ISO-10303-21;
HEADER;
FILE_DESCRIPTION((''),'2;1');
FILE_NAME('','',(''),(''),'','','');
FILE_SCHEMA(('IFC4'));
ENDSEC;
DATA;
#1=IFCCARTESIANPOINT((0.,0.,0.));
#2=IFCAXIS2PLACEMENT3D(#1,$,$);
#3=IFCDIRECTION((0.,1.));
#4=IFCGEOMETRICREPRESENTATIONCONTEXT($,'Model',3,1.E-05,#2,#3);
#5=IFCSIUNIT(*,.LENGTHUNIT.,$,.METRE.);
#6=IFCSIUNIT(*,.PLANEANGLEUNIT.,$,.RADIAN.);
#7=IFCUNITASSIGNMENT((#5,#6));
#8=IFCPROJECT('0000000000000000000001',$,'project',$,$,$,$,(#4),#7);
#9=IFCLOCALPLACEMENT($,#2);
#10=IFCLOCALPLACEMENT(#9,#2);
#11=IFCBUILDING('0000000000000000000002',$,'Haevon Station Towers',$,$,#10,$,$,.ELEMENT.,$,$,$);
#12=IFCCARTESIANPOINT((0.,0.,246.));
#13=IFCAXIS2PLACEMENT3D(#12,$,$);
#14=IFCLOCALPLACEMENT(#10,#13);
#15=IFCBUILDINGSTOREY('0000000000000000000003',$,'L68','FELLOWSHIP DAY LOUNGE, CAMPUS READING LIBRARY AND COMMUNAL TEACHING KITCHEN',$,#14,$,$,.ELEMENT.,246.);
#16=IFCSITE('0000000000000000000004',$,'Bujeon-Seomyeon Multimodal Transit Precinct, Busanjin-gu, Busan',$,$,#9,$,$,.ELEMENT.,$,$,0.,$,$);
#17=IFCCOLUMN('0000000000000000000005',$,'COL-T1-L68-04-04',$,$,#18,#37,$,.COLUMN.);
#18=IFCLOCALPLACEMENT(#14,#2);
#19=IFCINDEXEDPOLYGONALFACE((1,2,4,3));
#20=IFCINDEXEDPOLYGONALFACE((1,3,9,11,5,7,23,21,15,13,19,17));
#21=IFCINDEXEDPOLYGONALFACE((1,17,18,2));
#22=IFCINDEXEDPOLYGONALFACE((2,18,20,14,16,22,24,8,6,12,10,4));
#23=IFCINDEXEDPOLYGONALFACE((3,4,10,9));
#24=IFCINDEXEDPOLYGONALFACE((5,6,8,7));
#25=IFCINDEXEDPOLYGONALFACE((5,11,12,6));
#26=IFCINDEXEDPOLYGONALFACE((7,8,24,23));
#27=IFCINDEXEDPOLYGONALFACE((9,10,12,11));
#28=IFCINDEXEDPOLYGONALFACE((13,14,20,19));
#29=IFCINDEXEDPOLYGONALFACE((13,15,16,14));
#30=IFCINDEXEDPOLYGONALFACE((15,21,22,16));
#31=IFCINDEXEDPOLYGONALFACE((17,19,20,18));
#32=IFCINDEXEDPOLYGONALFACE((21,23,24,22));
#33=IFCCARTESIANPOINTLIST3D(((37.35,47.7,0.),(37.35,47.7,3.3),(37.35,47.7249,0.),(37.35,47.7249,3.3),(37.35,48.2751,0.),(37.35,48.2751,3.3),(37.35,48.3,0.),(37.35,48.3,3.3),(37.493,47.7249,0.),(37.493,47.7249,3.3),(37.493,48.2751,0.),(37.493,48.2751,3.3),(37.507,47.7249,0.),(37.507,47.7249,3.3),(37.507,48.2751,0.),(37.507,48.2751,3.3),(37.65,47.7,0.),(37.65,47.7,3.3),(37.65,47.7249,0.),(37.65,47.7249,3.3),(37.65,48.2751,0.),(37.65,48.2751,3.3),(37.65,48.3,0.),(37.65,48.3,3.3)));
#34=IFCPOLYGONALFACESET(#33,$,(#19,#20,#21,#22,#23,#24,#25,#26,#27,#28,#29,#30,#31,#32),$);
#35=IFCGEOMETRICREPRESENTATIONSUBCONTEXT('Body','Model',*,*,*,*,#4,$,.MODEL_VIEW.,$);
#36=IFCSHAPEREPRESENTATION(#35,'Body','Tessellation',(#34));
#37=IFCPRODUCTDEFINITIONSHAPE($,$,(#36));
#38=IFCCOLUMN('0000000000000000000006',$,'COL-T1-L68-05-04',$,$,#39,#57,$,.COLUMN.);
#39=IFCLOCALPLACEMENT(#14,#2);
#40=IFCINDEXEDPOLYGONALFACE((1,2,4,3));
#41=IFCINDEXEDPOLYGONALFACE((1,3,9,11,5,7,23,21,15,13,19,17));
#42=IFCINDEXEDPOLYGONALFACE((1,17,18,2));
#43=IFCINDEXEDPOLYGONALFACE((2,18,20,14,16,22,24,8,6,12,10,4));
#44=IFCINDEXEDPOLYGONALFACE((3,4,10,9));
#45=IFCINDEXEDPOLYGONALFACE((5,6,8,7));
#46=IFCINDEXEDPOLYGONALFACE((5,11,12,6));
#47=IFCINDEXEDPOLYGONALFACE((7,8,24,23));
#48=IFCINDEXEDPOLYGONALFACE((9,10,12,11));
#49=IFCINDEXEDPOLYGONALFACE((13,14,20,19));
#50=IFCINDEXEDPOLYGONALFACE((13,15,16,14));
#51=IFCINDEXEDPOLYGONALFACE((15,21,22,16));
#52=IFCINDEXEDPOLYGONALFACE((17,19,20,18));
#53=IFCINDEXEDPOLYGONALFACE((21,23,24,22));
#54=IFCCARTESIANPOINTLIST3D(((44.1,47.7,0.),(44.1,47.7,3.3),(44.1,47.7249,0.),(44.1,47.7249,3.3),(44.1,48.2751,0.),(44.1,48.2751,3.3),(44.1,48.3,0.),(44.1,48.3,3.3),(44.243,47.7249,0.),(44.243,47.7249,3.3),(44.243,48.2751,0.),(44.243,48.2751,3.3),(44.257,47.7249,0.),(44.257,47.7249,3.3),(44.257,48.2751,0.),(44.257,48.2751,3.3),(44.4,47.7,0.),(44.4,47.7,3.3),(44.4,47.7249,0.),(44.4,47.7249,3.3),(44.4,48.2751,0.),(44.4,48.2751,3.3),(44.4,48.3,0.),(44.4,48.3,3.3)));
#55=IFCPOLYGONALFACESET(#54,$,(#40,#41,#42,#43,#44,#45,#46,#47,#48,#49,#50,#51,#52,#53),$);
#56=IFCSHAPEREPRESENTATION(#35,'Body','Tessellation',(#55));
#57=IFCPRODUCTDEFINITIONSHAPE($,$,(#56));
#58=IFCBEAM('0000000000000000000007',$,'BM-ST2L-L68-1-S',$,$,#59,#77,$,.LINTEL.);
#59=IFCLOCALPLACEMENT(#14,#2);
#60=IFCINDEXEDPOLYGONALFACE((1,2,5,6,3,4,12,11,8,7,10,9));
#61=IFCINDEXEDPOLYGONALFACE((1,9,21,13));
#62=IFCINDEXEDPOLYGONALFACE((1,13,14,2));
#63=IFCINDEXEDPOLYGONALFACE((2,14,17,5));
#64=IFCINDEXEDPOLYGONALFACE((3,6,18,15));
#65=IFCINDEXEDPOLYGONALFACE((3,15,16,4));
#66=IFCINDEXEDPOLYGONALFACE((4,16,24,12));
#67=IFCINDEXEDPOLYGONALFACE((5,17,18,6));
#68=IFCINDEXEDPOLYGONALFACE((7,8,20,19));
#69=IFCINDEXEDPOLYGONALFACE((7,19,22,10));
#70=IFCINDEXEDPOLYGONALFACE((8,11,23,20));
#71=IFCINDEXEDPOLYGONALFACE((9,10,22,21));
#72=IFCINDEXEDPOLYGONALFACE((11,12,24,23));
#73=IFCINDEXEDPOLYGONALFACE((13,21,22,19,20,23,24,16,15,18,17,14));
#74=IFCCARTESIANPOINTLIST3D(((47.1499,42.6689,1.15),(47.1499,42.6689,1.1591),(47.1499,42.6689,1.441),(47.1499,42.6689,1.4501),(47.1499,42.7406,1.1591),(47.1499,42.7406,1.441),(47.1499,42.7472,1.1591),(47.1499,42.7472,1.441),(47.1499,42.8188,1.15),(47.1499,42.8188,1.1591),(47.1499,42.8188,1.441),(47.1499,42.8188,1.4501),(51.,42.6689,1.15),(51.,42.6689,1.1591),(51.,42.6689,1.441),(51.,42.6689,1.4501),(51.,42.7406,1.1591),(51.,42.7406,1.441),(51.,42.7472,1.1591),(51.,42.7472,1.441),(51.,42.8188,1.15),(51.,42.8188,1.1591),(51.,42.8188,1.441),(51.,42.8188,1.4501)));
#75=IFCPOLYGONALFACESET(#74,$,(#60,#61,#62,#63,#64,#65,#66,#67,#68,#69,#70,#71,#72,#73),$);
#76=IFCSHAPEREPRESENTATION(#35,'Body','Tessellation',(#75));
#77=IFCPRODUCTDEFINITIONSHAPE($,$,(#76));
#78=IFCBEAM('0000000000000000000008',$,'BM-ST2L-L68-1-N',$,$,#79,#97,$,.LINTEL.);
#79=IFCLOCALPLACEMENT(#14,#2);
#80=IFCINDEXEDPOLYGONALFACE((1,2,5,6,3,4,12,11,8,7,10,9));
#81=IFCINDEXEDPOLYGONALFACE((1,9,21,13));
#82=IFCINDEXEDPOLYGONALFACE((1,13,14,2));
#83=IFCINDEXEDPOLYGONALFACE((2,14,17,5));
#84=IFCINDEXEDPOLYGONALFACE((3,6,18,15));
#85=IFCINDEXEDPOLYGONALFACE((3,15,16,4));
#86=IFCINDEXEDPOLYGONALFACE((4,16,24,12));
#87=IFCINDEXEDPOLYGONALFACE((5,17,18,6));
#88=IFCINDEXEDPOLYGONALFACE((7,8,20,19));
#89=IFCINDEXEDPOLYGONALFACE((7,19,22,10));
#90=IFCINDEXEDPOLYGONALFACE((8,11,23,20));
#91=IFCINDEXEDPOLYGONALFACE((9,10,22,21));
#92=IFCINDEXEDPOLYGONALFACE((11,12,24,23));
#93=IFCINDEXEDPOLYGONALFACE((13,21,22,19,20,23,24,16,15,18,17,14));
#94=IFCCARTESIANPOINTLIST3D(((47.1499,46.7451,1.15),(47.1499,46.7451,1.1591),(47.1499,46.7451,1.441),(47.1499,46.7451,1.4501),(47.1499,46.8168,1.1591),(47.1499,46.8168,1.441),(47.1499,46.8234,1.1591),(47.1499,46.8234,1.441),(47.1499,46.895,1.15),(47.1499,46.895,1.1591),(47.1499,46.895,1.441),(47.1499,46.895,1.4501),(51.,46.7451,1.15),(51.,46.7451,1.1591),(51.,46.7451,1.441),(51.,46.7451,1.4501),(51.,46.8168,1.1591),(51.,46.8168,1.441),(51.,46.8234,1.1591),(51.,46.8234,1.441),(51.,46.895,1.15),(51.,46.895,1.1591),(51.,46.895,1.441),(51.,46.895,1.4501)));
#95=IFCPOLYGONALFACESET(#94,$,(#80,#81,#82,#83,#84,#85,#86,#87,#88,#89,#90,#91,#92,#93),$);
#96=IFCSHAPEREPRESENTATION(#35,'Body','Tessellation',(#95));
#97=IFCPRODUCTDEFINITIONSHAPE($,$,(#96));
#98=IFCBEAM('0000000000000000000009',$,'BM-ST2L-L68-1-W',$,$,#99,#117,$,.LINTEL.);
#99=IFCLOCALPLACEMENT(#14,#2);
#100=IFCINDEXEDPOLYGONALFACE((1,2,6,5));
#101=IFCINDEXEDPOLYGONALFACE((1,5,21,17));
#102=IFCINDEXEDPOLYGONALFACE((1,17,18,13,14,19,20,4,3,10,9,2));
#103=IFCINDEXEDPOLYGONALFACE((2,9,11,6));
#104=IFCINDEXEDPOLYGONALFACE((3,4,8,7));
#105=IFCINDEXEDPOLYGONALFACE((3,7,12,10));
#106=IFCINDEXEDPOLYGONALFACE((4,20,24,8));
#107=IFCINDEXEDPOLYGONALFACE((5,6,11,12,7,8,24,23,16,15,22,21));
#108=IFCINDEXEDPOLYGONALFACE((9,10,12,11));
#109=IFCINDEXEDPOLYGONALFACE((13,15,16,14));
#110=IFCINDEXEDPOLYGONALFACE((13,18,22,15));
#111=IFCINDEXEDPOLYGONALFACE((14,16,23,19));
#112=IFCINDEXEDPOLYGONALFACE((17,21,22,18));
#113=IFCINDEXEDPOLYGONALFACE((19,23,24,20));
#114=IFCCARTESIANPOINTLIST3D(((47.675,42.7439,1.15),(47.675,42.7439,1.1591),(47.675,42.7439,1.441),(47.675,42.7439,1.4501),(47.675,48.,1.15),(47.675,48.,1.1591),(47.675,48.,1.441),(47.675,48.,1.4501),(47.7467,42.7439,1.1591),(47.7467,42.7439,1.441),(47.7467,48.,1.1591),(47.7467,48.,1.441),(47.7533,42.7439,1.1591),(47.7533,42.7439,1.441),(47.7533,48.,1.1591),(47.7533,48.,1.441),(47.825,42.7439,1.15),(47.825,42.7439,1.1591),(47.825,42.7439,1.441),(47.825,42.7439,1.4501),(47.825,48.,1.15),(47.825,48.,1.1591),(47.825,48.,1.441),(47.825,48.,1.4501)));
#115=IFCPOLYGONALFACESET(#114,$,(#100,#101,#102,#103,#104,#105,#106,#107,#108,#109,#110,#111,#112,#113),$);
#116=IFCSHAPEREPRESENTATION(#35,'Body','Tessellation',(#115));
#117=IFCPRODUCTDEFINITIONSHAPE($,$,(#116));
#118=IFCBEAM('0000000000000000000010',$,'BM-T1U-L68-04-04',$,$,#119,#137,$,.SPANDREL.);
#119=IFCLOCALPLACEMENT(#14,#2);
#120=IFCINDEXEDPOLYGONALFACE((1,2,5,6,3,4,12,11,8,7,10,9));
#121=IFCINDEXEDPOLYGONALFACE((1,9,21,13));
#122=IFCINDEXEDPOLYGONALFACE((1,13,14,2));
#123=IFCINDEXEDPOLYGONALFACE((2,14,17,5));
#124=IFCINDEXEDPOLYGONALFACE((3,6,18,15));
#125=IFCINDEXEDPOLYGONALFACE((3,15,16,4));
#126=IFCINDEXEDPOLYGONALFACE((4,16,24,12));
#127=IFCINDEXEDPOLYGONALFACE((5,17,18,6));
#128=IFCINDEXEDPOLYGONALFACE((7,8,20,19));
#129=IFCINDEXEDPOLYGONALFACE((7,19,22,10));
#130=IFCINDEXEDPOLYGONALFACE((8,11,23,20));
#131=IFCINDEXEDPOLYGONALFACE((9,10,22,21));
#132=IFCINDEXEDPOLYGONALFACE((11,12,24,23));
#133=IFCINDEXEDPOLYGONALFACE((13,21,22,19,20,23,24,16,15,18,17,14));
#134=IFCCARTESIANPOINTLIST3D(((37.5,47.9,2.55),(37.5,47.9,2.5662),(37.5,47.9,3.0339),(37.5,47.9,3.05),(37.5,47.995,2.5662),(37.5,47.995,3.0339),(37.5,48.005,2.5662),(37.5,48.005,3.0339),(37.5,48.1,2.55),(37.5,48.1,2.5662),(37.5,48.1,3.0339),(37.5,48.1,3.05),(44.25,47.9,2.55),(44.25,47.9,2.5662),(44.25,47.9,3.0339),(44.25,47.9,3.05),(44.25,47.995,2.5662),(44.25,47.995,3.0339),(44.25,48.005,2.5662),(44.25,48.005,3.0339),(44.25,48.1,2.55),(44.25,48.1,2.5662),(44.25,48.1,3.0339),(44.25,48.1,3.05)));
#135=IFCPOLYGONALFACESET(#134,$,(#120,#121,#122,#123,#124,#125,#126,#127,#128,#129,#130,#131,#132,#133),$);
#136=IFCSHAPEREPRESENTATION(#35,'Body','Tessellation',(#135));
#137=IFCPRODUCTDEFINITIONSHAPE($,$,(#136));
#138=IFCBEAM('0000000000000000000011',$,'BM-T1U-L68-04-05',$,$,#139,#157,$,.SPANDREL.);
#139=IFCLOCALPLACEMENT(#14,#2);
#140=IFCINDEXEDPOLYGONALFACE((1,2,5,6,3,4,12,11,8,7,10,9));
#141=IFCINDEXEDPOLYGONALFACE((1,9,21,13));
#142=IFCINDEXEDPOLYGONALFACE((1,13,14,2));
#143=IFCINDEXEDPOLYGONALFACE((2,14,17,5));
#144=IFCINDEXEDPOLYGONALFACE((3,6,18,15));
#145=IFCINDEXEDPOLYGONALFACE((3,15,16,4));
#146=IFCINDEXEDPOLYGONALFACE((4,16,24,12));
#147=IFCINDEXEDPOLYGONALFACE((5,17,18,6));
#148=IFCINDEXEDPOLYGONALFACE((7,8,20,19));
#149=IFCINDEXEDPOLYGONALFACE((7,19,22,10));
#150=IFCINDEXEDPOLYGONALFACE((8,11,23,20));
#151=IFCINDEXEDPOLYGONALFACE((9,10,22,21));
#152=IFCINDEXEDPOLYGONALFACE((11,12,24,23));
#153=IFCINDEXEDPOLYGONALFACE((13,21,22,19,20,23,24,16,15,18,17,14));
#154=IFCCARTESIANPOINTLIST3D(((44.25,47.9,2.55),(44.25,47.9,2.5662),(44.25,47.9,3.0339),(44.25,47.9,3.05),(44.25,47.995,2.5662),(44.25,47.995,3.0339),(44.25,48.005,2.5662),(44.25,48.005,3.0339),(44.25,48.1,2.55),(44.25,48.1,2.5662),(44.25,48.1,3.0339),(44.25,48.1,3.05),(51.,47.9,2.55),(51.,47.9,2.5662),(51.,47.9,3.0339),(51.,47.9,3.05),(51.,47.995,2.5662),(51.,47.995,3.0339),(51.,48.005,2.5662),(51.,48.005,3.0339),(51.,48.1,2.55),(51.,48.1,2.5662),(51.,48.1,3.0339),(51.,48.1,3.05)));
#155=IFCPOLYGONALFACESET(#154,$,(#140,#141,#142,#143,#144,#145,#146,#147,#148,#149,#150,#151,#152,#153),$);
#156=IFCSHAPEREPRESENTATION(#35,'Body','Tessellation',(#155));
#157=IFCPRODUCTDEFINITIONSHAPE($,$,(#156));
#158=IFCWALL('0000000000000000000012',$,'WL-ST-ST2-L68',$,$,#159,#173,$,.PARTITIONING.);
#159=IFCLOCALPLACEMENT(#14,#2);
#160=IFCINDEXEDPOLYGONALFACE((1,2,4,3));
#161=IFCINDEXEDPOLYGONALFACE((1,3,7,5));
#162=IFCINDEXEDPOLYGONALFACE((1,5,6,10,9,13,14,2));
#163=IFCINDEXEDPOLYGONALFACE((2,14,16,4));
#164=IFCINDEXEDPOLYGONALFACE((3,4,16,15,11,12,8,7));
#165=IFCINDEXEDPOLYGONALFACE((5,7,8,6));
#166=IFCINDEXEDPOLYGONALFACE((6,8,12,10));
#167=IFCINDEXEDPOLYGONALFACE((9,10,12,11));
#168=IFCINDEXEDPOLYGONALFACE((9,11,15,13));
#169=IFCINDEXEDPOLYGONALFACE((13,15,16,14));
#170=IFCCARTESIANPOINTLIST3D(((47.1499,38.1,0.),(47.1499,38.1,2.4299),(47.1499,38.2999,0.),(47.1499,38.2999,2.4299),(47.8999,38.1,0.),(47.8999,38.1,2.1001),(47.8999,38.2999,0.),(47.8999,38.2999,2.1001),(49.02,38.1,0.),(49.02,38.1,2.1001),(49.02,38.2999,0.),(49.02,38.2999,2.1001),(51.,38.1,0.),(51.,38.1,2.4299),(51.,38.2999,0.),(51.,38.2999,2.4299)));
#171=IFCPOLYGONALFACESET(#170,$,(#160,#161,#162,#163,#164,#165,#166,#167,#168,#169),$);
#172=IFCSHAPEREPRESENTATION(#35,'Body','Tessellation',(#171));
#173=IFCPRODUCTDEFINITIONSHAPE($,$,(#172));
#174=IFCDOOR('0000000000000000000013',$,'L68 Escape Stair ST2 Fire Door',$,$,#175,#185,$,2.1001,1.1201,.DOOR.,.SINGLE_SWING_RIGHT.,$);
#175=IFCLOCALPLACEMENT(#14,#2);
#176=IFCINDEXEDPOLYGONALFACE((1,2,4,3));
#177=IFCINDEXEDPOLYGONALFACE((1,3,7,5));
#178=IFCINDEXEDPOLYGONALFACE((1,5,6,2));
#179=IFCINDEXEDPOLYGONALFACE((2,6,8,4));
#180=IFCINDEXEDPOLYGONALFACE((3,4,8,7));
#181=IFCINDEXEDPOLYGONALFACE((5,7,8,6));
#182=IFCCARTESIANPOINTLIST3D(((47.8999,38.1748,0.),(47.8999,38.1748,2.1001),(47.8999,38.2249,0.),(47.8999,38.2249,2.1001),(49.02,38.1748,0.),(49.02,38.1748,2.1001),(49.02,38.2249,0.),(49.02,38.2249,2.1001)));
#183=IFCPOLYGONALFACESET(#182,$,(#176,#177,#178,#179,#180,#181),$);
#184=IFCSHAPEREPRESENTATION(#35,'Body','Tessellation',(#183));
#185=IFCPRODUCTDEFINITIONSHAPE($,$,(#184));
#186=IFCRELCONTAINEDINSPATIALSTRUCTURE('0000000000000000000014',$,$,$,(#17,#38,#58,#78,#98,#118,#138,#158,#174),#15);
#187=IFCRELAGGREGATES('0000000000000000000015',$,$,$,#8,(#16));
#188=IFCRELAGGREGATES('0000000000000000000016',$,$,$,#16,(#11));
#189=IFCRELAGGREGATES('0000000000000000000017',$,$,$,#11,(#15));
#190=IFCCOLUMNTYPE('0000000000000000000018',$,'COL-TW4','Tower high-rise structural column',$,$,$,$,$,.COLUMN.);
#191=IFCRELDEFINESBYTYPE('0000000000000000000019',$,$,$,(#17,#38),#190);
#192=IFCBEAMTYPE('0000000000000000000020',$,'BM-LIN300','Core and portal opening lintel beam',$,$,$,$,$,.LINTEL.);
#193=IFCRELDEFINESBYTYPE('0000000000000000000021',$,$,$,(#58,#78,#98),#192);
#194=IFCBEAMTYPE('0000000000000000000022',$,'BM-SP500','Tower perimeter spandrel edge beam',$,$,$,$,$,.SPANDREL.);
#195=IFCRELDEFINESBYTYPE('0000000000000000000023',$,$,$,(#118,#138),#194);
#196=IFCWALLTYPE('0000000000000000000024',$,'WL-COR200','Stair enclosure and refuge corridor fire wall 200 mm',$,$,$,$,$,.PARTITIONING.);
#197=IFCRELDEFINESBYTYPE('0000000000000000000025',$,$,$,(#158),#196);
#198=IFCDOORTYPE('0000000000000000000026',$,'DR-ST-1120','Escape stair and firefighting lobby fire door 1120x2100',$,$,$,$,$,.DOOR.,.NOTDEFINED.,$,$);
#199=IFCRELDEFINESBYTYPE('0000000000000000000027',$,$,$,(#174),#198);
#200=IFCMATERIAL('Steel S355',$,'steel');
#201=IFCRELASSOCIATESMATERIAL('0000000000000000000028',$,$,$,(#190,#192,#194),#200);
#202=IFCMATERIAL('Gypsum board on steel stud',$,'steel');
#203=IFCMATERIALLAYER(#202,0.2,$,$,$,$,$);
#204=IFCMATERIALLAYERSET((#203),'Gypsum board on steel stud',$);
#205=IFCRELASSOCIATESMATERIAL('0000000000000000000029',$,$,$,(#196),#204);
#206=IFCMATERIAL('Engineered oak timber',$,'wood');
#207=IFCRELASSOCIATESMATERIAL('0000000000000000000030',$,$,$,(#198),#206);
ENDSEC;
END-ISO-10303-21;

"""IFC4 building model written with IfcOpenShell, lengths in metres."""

from ifc_helpers import new_model, si_unit, direction, frame, frame_2d, origin, origin_2d, place, context, subcontext, project, spatial, rectangle, i_section, extrude, material, layer, layer_set, material_profile, profile_set, type_object, element, fill, save


model = new_model("IFC4")

# Units and contexts
model_context = context("Model", 3, precision=1e-05, world=origin(), true_north=direction((0.0, 1.0)))
body_context = subcontext(model_context, "Body", "Model", "MODEL_VIEW")
ifc_project = project(units=[si_unit("LENGTHUNIT", "METRE"), si_unit("PLANEANGLEUNIT", "RADIAN")], contexts=[model_context])

# Site, building, storey
site_placement = place(None, origin())
site = spatial("IfcSite", under=ifc_project, at=site_placement, Name="Bujeon-Seomyeon Multimodal Transit Precinct, Busanjin-gu, Busan", CompositionType="ELEMENT", RefElevation=0.0)
building_placement = place(site_placement, origin())
building = spatial("IfcBuilding", under=site, at=building_placement, Name="Haevon Station Towers", CompositionType="ELEMENT")
storey_placement = place(building_placement, frame((0.0, 0.0, 246.0)))
storey = spatial("IfcBuildingStorey", under=building, at=storey_placement, Name="L68", Description="FELLOWSHIP DAY LOUNGE, CAMPUS READING LIBRARY AND COMMUNAL TEACHING KITCHEN", CompositionType="ELEMENT", Elevation=246.0)

# Columns
ifc_material_1 = material(Name="Steel S355", Category="steel")
ifc_material_profile_1 = material_profile(ifc_material_1, i_section(OverallWidth=0.3, OverallDepth=0.6001, WebThickness=0.0139, FlangeThickness=0.0249, at=origin_2d()), Name="H-600x300x14x25")
ifc_profile_set_1 = profile_set([ifc_material_profile_1], Name="Steel S355")
column_type = type_object("IfcColumnType", Name="COL-TW4", Description="Tower high-rise structural column", PredefinedType="COLUMN", material=ifc_profile_set_1)
for number, where, z_axis, x_axis, name in (
    (1, (37.5, 48.0, 0.0), (0.0, 0.0, 1.0), (1.0, 0.0, 0.0), "COL-T1-L68-04-04"),
    (2, (44.25, 48.0, 0.0), (0.0, 0.0, 1.0), (1.0, 0.0, 0.0), "COL-T1-L68-05-04"),
):
    element("IfcColumn", number, at=place(storey_placement, frame(where, z_axis=z_axis, x_axis=x_axis)), inside=storey, type_object=column_type, Name=name, PredefinedType="COLUMN", context=body_context, shape_type="SweptSolid", body=[
        extrude(i_section(OverallWidth=0.3, OverallDepth=0.6001, WebThickness=0.0139, FlangeThickness=0.0249, at=origin_2d()), origin(), (0.0, 0.0, 1.0), 3.3),
    ])

# Beams
ifc_material_profile_2 = material_profile(ifc_material_1, i_section(OverallWidth=0.1499, OverallDepth=0.3, WebThickness=0.0066, FlangeThickness=0.009, at=origin_2d()), Name="H-300x150x6.5x9")
ifc_profile_set_2 = profile_set([ifc_material_profile_2], Name="Steel S355")
beam_type_1 = type_object("IfcBeamType", Name="BM-LIN300", Description="Core and portal opening lintel beam", PredefinedType="LINTEL", material=ifc_profile_set_2)
for number, where, z_axis, x_axis, name in (
    (3, (47.1499, 42.7439, 1.3), (1.0, 0.0, 0.0), (0.0, 1.0, 0.0), "BM-ST2L-L68-1-S"),
    (4, (47.1499, 46.8201, 1.3), (1.0, 0.0, 0.0), (0.0, 1.0, 0.0), "BM-ST2L-L68-1-N"),
):
    element("IfcBeam", number, at=place(storey_placement, frame(where, z_axis=z_axis, x_axis=x_axis)), inside=storey, type_object=beam_type_1, Name=name, PredefinedType="LINTEL", context=body_context, shape_type="SweptSolid", body=[
        extrude(i_section(OverallWidth=0.1499, OverallDepth=0.3, WebThickness=0.0066, FlangeThickness=0.009, at=origin_2d()), origin(), (0.0, 0.0, 1.0), 3.8501),
    ])
beam_placement = place(storey_placement, frame((47.75, 42.7439, 1.3), z_axis=(0.0, 1.0, 0.0), x_axis=(-1.0, 0.0, 0.0)))
element("IfcBeam", 5, at=beam_placement, inside=storey, type_object=beam_type_1, Name="BM-ST2L-L68-1-W", PredefinedType="LINTEL", context=body_context, shape_type="SweptSolid", body=[
    extrude(i_section(OverallWidth=0.1499, OverallDepth=0.3, WebThickness=0.0066, FlangeThickness=0.009, at=origin_2d()), origin(), (0.0, 0.0, 1.0), 5.2561),
])
ifc_material_profile_3 = material_profile(ifc_material_1, i_section(OverallWidth=0.2, OverallDepth=0.5, WebThickness=0.01, FlangeThickness=0.0161, at=origin_2d()), Name="H-500x200x10x16")
ifc_profile_set_3 = profile_set([ifc_material_profile_3], Name="Steel S355")
beam_type_2 = type_object("IfcBeamType", Name="BM-SP500", Description="Tower perimeter spandrel edge beam", PredefinedType="SPANDREL", material=ifc_profile_set_3)
for number, where, z_axis, x_axis, name in (
    (6, (37.5, 48.0, 2.8), (1.0, 0.0, 0.0), (0.0, 1.0, 0.0), "BM-T1U-L68-04-04"),
    (7, (44.25, 48.0, 2.8), (1.0, 0.0, 0.0), (0.0, 1.0, 0.0), "BM-T1U-L68-04-05"),
):
    element("IfcBeam", number, at=place(storey_placement, frame(where, z_axis=z_axis, x_axis=x_axis)), inside=storey, type_object=beam_type_2, Name=name, PredefinedType="SPANDREL", context=body_context, shape_type="SweptSolid", body=[
        extrude(i_section(OverallWidth=0.2, OverallDepth=0.5, WebThickness=0.01, FlangeThickness=0.0161, at=origin_2d()), origin(), (0.0, 0.0, 1.0), 6.75),
    ])

# Wall, opening, door
ifc_material_2 = material(Name="Gypsum board on steel stud", Category="steel")
ifc_layer_1 = layer(ifc_material_2, 0.2)
ifc_layer_set_1 = layer_set([ifc_layer_1], Name="Gypsum board on steel stud")
wall_type_1 = type_object("IfcWallType", Name="WL-COR200", Description="Stair enclosure and refuge corridor fire wall 200 mm", PredefinedType="PARTITIONING", material=ifc_layer_set_1)
wall_1_placement = place(storey_placement, frame((47.1499, 38.2, 0.0), z_axis=(0.0, 0.0, 1.0), x_axis=(1.0, 0.0, 0.0)))
wall_1 = element("IfcWall", 8, at=wall_1_placement, inside=storey, type_object=wall_type_1, Name="WL-ST-ST2-L68", PredefinedType="PARTITIONING", context=body_context, shape_type="SweptSolid", body=[
    extrude(rectangle(XDim=3.8501, YDim=0.2, at=frame_2d((1.925, 0.0))), origin(), (0.0, 0.0, 1.0), 2.4299),
])
opening_1_placement = place(wall_1_placement, frame((0.75, 0.0, 0.0)))
opening_1 = element("IfcOpeningElement", 9, at=opening_1_placement, cuts=wall_1, PredefinedType="OPENING", context=body_context, shape_type="SweptSolid", body=[
    extrude(rectangle(XDim=1.1201, YDim=2.1001, at=frame_2d((0.5601, 1.05))), frame((0.0, 0.1099, 0.0), z_axis=(0.0, -1.0, 0.0), x_axis=(1.0, 0.0, 0.0)), (0.0, 0.0, 1.0), 0.22),
])
ifc_material_3 = material(Name="Engineered oak timber", Category="wood")
door_type_1 = type_object("IfcDoorType", Name="DR-ST-1120", Description="Escape stair and firefighting lobby fire door 1120x2100", OperationType="NOTDEFINED", PredefinedType="DOOR", material=ifc_material_3)
door_1_placement = place(opening_1_placement, origin())
door_1 = element("IfcDoor", 10, at=door_1_placement, inside=storey, type_object=door_type_1, Name="L68 Escape Stair ST2 Fire Door", OperationType="SINGLE_SWING_RIGHT", OverallHeight=2.1001, OverallWidth=1.1201, PredefinedType="DOOR", context=body_context, shape_type="SweptSolid", body=[
    extrude(rectangle(XDim=1.1201, YDim=2.1001, at=frame_2d((0.5601, 1.05))), frame((0.0, 0.0249, 0.0), z_axis=(0.0, -1.0, 0.0), x_axis=(1.0, 0.0, 0.0)), (0.0, 0.0, 1.0), 0.05),
])
fill(opening_1, door_1)

save(model, "model.ifc")
